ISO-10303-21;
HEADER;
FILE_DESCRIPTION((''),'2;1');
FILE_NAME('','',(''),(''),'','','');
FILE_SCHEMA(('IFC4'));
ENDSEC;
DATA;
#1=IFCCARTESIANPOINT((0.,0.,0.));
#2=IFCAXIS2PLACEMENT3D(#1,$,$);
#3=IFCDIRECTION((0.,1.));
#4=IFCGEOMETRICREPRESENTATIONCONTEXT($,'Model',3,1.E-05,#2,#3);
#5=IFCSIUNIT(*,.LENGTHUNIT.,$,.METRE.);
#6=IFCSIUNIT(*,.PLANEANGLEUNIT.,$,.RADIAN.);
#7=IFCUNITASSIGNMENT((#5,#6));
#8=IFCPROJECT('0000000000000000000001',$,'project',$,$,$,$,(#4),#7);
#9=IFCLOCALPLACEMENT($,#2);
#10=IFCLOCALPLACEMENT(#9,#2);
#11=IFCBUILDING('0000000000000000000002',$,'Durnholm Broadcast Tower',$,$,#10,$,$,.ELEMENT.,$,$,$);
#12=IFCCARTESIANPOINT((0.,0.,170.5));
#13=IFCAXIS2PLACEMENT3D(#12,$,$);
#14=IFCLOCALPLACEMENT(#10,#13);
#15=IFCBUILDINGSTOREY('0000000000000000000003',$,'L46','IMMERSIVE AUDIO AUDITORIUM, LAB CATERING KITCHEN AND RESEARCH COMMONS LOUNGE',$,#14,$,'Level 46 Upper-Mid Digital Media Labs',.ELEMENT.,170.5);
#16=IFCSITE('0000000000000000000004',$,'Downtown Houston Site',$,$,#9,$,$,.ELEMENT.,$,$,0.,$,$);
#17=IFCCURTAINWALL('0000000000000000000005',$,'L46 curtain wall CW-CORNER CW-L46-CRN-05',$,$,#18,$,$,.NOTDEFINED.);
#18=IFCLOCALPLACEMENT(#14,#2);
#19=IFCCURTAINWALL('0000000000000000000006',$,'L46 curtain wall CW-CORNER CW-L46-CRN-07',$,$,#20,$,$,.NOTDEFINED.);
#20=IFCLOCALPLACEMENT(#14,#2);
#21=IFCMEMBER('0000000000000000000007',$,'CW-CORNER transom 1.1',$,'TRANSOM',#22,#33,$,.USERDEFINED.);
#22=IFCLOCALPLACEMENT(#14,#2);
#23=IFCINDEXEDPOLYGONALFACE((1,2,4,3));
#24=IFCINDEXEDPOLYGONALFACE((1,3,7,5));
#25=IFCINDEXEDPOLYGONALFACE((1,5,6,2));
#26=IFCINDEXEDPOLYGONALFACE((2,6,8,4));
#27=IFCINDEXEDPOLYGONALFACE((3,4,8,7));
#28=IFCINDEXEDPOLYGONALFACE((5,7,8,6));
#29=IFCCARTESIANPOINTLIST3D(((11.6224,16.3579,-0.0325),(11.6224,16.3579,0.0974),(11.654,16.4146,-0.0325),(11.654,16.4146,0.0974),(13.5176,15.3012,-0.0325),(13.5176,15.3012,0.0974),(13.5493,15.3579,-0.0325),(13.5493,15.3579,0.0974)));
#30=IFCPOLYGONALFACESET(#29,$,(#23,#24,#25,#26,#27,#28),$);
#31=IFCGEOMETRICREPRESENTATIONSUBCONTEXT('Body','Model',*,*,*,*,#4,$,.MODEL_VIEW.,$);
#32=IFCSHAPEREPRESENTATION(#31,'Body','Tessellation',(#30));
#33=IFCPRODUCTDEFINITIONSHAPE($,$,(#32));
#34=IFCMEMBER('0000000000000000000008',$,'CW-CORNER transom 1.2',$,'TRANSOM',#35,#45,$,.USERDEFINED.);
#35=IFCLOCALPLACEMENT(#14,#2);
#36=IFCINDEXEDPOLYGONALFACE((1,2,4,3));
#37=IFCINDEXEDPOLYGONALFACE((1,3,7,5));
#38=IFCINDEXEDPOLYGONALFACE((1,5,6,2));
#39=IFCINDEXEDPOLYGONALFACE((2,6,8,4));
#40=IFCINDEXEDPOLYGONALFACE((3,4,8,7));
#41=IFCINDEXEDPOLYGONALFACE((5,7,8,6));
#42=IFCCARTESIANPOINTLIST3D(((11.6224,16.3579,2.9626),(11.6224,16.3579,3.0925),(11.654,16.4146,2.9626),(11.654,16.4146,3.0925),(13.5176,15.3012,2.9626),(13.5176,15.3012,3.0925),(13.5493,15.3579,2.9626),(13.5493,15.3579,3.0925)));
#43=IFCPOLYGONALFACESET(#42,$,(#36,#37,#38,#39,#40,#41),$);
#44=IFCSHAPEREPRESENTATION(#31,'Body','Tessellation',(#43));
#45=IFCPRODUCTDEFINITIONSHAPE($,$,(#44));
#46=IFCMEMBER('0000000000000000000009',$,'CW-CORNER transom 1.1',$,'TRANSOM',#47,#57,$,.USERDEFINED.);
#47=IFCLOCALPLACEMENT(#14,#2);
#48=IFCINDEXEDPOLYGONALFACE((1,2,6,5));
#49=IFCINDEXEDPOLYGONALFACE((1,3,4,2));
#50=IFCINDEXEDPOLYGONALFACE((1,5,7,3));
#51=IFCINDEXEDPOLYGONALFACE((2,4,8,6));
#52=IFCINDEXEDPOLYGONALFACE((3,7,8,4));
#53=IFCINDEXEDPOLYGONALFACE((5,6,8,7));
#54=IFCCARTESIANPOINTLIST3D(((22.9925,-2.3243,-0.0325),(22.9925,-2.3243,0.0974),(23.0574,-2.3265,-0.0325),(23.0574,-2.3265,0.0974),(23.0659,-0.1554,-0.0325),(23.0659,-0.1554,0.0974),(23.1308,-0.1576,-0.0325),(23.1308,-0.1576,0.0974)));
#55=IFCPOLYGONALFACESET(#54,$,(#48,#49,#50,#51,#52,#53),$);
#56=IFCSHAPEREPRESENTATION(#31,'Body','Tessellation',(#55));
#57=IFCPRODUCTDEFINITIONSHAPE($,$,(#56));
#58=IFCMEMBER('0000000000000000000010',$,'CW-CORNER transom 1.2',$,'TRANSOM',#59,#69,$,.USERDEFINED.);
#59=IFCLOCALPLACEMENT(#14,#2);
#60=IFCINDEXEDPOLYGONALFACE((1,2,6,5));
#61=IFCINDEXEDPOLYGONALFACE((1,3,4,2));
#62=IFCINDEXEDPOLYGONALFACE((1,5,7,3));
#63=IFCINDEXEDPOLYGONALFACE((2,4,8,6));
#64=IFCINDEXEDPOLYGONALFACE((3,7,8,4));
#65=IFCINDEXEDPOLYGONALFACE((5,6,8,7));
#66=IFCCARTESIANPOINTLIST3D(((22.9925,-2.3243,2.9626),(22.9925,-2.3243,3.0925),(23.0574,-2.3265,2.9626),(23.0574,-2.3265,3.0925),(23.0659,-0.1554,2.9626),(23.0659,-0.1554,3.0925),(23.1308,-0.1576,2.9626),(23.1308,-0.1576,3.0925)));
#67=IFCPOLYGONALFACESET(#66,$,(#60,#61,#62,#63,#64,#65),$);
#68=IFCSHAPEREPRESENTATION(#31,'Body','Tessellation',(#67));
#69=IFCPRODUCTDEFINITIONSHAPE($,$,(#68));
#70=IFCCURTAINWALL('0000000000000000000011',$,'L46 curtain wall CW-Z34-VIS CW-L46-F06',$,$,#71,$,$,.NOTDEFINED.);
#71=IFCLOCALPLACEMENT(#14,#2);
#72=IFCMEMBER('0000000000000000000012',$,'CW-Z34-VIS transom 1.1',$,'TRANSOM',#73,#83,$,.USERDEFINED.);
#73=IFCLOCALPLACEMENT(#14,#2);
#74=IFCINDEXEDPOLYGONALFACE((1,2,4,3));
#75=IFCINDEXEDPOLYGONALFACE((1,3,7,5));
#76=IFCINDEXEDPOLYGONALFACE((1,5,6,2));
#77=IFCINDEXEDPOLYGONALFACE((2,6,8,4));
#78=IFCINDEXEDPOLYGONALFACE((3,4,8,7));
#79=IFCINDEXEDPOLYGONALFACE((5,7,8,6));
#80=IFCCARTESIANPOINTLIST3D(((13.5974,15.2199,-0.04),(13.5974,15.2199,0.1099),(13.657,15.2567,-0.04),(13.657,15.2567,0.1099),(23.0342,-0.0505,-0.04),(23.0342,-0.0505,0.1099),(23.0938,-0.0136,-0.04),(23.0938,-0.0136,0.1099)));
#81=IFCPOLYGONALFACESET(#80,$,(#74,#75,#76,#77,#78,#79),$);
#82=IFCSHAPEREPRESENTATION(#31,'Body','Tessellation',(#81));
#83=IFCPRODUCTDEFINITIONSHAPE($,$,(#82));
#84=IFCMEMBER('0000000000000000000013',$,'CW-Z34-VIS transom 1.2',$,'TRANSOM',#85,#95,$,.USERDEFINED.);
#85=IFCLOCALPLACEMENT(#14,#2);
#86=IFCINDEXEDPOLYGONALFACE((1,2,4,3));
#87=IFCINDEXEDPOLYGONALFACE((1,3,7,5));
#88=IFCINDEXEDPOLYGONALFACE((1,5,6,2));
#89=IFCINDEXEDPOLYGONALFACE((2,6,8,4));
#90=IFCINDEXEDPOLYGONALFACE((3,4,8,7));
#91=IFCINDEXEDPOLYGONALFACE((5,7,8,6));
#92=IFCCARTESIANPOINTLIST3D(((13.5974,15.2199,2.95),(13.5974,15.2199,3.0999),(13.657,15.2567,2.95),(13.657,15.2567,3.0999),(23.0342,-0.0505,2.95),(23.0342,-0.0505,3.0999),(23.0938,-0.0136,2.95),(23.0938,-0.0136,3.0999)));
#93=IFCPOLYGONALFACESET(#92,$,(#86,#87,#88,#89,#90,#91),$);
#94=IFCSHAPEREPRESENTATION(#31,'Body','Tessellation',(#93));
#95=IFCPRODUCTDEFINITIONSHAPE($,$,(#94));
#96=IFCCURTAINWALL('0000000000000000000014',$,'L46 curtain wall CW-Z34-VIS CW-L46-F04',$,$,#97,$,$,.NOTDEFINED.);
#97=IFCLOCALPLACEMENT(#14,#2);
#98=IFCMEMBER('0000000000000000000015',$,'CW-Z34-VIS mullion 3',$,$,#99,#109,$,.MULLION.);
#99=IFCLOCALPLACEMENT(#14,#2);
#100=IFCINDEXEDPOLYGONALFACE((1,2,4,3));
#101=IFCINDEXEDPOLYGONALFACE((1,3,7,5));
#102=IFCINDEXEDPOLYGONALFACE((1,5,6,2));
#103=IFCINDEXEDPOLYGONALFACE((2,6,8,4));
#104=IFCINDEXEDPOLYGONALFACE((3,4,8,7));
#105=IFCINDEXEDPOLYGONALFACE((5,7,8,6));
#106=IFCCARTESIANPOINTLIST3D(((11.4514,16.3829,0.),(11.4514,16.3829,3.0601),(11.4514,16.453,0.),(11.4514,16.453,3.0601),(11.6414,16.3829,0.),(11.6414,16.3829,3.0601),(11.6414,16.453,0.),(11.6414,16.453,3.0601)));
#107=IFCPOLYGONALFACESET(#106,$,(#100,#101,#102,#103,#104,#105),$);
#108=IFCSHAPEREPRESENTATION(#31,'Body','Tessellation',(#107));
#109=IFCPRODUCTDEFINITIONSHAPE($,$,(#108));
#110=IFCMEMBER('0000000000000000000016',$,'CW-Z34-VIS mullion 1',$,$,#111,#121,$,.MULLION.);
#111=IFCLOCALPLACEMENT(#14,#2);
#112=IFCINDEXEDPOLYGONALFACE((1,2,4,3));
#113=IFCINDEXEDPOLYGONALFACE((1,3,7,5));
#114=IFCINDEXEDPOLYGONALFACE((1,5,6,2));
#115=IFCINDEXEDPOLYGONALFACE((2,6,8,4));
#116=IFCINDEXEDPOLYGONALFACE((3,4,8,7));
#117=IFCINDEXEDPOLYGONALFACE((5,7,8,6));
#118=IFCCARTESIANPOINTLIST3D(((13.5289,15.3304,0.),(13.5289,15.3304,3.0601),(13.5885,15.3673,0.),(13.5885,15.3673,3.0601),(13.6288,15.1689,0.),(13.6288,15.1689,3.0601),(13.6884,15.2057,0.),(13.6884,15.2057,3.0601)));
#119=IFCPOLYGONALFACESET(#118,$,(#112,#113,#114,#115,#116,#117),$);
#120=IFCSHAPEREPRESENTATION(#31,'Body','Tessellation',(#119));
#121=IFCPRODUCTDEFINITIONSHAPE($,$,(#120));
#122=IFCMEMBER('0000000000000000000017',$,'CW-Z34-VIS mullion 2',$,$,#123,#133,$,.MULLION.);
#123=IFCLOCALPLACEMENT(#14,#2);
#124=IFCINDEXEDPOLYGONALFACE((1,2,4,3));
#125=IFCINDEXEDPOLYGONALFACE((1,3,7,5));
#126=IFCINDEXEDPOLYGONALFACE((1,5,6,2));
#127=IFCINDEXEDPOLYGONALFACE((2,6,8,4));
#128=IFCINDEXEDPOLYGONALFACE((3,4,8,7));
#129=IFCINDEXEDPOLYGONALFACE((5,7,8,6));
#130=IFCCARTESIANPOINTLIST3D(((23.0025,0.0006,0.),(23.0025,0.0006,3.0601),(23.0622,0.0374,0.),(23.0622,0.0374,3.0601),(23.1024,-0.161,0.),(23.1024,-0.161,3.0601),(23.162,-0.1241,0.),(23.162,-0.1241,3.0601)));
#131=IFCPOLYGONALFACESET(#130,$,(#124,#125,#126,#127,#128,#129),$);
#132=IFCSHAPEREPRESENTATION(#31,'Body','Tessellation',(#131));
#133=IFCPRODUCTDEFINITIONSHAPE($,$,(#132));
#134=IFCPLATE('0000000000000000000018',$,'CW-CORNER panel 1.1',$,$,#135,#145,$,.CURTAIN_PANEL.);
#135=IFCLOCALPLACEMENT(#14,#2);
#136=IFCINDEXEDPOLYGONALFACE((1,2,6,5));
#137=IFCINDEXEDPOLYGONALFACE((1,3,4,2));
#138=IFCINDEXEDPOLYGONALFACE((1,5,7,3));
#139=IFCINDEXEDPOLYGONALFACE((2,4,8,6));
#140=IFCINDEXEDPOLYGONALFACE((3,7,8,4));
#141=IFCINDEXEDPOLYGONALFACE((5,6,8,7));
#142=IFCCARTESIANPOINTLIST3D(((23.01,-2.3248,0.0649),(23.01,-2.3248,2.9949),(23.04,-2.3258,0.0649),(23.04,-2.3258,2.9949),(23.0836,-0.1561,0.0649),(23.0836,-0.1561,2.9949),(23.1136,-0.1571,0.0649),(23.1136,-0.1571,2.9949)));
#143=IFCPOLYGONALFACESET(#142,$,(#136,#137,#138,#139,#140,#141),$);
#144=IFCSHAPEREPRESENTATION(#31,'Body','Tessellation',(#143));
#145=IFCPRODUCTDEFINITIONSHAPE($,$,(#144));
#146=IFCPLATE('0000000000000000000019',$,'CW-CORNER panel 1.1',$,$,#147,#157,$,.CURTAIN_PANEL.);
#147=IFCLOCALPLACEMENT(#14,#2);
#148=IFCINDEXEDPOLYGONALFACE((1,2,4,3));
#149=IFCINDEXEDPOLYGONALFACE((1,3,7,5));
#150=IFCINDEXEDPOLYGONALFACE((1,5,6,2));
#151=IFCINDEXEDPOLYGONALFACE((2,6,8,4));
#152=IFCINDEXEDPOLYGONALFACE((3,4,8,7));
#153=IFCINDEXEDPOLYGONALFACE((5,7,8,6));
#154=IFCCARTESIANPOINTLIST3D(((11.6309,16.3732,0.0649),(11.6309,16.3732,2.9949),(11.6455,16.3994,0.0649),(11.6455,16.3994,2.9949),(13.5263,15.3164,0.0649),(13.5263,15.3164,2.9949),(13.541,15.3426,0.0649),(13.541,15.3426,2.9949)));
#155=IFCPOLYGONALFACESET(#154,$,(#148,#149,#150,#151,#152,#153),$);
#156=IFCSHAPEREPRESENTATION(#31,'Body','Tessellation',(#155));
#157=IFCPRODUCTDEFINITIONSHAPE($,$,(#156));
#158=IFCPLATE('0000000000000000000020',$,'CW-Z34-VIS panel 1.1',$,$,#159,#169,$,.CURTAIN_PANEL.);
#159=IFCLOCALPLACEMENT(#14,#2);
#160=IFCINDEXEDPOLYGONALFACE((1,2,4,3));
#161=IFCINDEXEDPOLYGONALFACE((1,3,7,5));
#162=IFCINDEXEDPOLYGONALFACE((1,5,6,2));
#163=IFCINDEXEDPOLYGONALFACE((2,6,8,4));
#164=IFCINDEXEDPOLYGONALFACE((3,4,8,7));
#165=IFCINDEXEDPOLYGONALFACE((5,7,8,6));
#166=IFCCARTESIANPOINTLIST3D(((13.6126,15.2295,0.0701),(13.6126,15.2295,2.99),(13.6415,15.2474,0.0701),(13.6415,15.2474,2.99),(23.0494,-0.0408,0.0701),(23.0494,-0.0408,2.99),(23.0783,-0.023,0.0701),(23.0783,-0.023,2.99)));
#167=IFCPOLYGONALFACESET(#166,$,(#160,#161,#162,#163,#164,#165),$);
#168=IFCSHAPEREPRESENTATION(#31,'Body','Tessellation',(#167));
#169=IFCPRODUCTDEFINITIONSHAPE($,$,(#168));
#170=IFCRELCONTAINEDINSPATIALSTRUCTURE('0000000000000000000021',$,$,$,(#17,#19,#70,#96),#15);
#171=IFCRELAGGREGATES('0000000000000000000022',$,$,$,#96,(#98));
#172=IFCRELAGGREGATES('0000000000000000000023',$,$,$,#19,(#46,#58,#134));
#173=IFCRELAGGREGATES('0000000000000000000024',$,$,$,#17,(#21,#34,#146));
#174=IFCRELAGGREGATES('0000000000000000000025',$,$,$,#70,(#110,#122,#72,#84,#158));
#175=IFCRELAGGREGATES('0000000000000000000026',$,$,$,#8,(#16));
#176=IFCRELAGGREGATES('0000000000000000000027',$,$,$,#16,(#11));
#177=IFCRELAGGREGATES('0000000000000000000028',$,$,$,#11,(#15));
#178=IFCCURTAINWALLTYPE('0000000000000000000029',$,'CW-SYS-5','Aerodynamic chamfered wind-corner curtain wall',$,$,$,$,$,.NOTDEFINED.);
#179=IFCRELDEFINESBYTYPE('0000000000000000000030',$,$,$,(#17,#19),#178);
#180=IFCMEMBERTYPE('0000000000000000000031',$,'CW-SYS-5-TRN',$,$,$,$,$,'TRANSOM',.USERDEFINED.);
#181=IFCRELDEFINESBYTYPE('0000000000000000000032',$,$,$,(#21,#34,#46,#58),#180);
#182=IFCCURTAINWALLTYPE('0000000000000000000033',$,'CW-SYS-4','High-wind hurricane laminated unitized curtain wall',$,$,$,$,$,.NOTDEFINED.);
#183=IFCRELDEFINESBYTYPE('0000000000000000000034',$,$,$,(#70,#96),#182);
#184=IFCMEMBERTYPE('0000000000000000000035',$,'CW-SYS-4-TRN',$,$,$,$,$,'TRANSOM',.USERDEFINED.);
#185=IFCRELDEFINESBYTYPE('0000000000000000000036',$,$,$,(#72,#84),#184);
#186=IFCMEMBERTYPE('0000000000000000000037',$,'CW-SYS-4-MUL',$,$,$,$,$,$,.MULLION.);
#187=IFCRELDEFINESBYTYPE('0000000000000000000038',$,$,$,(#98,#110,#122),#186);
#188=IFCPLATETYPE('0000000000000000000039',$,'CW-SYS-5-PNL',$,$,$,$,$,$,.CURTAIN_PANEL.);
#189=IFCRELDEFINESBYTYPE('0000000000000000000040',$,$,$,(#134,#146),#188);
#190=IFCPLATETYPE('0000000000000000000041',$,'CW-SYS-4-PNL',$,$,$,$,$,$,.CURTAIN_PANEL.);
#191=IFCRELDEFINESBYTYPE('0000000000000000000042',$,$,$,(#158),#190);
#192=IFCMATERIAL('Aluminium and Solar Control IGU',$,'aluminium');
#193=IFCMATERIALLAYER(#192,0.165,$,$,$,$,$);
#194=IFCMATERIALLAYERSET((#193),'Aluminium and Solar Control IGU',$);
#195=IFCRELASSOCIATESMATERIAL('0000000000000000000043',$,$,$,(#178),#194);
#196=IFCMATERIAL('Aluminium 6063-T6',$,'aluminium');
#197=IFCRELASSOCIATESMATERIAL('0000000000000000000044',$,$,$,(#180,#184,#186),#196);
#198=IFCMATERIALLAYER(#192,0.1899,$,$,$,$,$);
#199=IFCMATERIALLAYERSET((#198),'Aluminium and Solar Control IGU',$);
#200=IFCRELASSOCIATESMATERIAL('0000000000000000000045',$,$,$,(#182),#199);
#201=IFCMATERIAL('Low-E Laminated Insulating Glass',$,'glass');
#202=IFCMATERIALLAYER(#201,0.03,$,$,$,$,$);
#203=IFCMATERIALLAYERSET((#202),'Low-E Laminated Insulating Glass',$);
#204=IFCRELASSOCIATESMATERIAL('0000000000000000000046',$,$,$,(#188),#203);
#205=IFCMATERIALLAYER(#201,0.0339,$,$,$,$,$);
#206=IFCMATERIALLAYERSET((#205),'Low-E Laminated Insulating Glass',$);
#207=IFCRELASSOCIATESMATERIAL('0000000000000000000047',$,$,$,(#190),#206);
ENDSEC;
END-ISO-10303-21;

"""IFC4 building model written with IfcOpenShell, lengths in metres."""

from ifc_helpers import new_model, si_unit, direction, frame, origin, origin_2d, place, context, subcontext, project, spatial, rectangle, extrude, source, transform, mapped, material, layer, layer_set, material_profile, profile_set, type_object, type_shapes, element, aggregate, save


model = new_model("IFC4")

# Units and contexts
model_context = context("Model", 3, precision=1e-05, world=origin(), true_north=direction((0.0, 1.0)))
body_context = subcontext(model_context, "Body", "Model", "MODEL_VIEW")
ifc_project = project(units=[si_unit("LENGTHUNIT", "METRE"), si_unit("PLANEANGLEUNIT", "RADIAN")], contexts=[model_context])

# Site, building, storey
site_placement = place(None, origin())
site = spatial("IfcSite", under=ifc_project, at=site_placement, Name="Downtown Houston Site", CompositionType="ELEMENT", RefElevation=0.0)
building_placement = place(site_placement, origin())
building = spatial("IfcBuilding", under=site, at=building_placement, Name="Durnholm Broadcast Tower", CompositionType="ELEMENT")
storey_placement = place(building_placement, frame((0.0, 0.0, 170.5)))
storey = spatial("IfcBuildingStorey", under=building, at=storey_placement, Name="L46", Description="IMMERSIVE AUDIO AUDITORIUM, LAB CATERING KITCHEN AND RESEARCH COMMONS LOUNGE", LongName="Level 46 Upper-Mid Digital Media Labs", CompositionType="ELEMENT", Elevation=170.5)

# Curtain wall
ifc_material_1 = material(Name="Aluminium and Solar Control IGU", Category="aluminium")
ifc_layer_1 = layer(ifc_material_1, 0.165)
ifc_layer_set_1 = layer_set([ifc_layer_1], Name="Aluminium and Solar Control IGU")
curtain_wall_type_1 = type_object("IfcCurtainWallType", Name="CW-SYS-5", Description="Aerodynamic chamfered wind-corner curtain wall", PredefinedType="NOTDEFINED", material=ifc_layer_set_1)
curtain_wall_1_placement = place(storey_placement, origin())
curtain_wall_1 = element("IfcCurtainWall", 1, at=curtain_wall_1_placement, inside=storey, type_object=curtain_wall_type_1, Name="L46 curtain wall CW-CORNER CW-L46-CRN-05", PredefinedType="NOTDEFINED")
ifc_material_2 = material(Name="Aluminium 6063-T6", Category="aluminium")

# Curtain wall
curtain_wall_2_placement = place(storey_placement, origin())
curtain_wall_2 = element("IfcCurtainWall", 2, at=curtain_wall_2_placement, inside=storey, type_object=curtain_wall_type_1, Name="L46 curtain wall CW-CORNER CW-L46-CRN-07", PredefinedType="NOTDEFINED")

# Members
ifc_material_profile_1 = material_profile(ifc_material_2, rectangle(XDim=0.0649, YDim=0.1299, at=origin_2d()), Name="CWT65X130")
ifc_profile_set_1 = profile_set([ifc_material_profile_1], Name="Aluminium 6063-T6")
member_type_1 = type_object("IfcMemberType", Name="CW-SYS-5-TRN", ElementType="TRANSOM", PredefinedType="USERDEFINED", material=ifc_profile_set_1)
shared_shape_1 = source(origin(), body_context, "Body", "SweptSolid", [
    extrude(rectangle(XDim=0.0649, YDim=0.1299, at=origin_2d()), origin(), (0.0, 0.0, 1.0), 2.1699),
])
member_1_placement = place(storey_placement, frame((11.6382, 16.3862, 0.0325), z_axis=(0.873429, -0.486951, 0.0), x_axis=(0.486951, 0.873429, 0.0)))
member_1 = element("IfcMember", 3, at=member_1_placement, type_object=member_type_1, Name="CW-CORNER transom 1.1", ObjectType="TRANSOM", PredefinedType="USERDEFINED", context=body_context, shape_type="MappedRepresentation", body=[
    mapped(shared_shape_1, transform((0.0, 0.0, 0.0), x_axis=(1.0, 0.0, 0.0), y_axis=(0.0, 1.0, 0.0), z_axis=(0.0, 0.0, 1.0), scale=1.0)),
])
member_2_placement = place(storey_placement, frame((11.6382, 16.3862, 3.0276), z_axis=(0.873429, -0.486951, 0.0), x_axis=(0.486951, 0.873429, 0.0)))
member_2 = element("IfcMember", 4, at=member_2_placement, type_object=member_type_1, Name="CW-CORNER transom 1.2", ObjectType="TRANSOM", PredefinedType="USERDEFINED", context=body_context, shape_type="MappedRepresentation", body=[
    mapped(shared_shape_1, transform((0.0, 0.0, 0.0), x_axis=(1.0, 0.0, 0.0), y_axis=(0.0, 1.0, 0.0), z_axis=(0.0, 0.0, 1.0), scale=1.0)),
])
shared_shape_2 = source(origin(), body_context, "Body", "SweptSolid", [
    extrude(rectangle(XDim=0.0649, YDim=0.1299, at=origin_2d()), origin(), (0.0, 0.0, 1.0), 2.1702),
])
type_shapes(member_type_1, [shared_shape_1, shared_shape_2])
member_3_placement = place(storey_placement, frame((23.0984, -0.1565, 0.0325), z_axis=(-0.033862, -0.999427, 0.0), x_axis=(0.999427, -0.033862, 0.0)))
member_3 = element("IfcMember", 5, at=member_3_placement, type_object=member_type_1, Name="CW-CORNER transom 1.1", ObjectType="TRANSOM", PredefinedType="USERDEFINED", context=body_context, shape_type="MappedRepresentation", body=[
    mapped(shared_shape_2, transform((0.0, 0.0, 0.0), x_axis=(1.0, 0.0, 0.0), y_axis=(0.0, 1.0, 0.0), z_axis=(0.0, 0.0, 1.0), scale=1.0)),
])
member_4_placement = place(storey_placement, frame((23.0984, -0.1565, 3.0276), z_axis=(-0.033862, -0.999427, 0.0), x_axis=(0.999427, -0.033862, 0.0)))
member_4 = element("IfcMember", 6, at=member_4_placement, type_object=member_type_1, Name="CW-CORNER transom 1.2", ObjectType="TRANSOM", PredefinedType="USERDEFINED", context=body_context, shape_type="MappedRepresentation", body=[
    mapped(shared_shape_2, transform((0.0, 0.0, 0.0), x_axis=(1.0, 0.0, 0.0), y_axis=(0.0, 1.0, 0.0), z_axis=(0.0, 0.0, 1.0), scale=1.0)),
])

# Curtain wall, members
ifc_layer_2 = layer(ifc_material_1, 0.1899)
ifc_layer_set_2 = layer_set([ifc_layer_2], Name="Aluminium and Solar Control IGU")
curtain_wall_type_2 = type_object("IfcCurtainWallType", Name="CW-SYS-4", Description="High-wind hurricane laminated unitized curtain wall", PredefinedType="NOTDEFINED", material=ifc_layer_set_2)
curtain_wall_3_placement = place(storey_placement, origin())
curtain_wall_3 = element("IfcCurtainWall", 7, at=curtain_wall_3_placement, inside=storey, type_object=curtain_wall_type_2, Name="L46 curtain wall CW-Z34-VIS CW-L46-F06", PredefinedType="NOTDEFINED")
ifc_material_profile_2 = material_profile(ifc_material_2, rectangle(XDim=0.0701, YDim=0.1499, at=origin_2d()), Name="CWT70X150")
ifc_profile_set_2 = profile_set([ifc_material_profile_2], Name="Aluminium 6063-T6")
member_type_2 = type_object("IfcMemberType", Name="CW-SYS-4-TRN", ElementType="TRANSOM", PredefinedType="USERDEFINED", material=ifc_profile_set_2)
shared_shape_3 = source(origin(), body_context, "Body", "SweptSolid", [
    extrude(rectangle(XDim=0.0701, YDim=0.1499, at=origin_2d()), origin(), (0.0, 0.0, 1.0), 17.9509),
])
type_shapes(member_type_2, [shared_shape_3])
member_5_placement = place(storey_placement, frame((13.6272, 15.2383, 0.0349), z_axis=(0.5257, -0.85067, 0.0), x_axis=(0.85067, 0.5257, 0.0)))
member_5 = element("IfcMember", 8, at=member_5_placement, type_object=member_type_2, Name="CW-Z34-VIS transom 1.1", ObjectType="TRANSOM", PredefinedType="USERDEFINED", context=body_context, shape_type="MappedRepresentation", body=[
    mapped(shared_shape_3, transform((0.0, 0.0, 0.0), x_axis=(1.0, 0.0, 0.0), y_axis=(0.0, 1.0, 0.0), z_axis=(0.0, 0.0, 1.0), scale=1.0)),
])
member_6_placement = place(storey_placement, frame((13.6272, 15.2383, 3.0249), z_axis=(0.5257, -0.85067, 0.0), x_axis=(0.85067, 0.5257, 0.0)))
member_6 = element("IfcMember", 9, at=member_6_placement, type_object=member_type_2, Name="CW-Z34-VIS transom 1.2", ObjectType="TRANSOM", PredefinedType="USERDEFINED", context=body_context, shape_type="MappedRepresentation", body=[
    mapped(shared_shape_3, transform((0.0, 0.0, 0.0), x_axis=(1.0, 0.0, 0.0), y_axis=(0.0, 1.0, 0.0), z_axis=(0.0, 0.0, 1.0), scale=1.0)),
])

# Curtain wall, member
curtain_wall_4_placement = place(storey_placement, origin())
curtain_wall_4 = element("IfcCurtainWall", 10, at=curtain_wall_4_placement, inside=storey, type_object=curtain_wall_type_2, Name="L46 curtain wall CW-Z34-VIS CW-L46-F04", PredefinedType="NOTDEFINED")
ifc_material_profile_3 = material_profile(ifc_material_2, rectangle(XDim=0.0701, YDim=0.1899, at=origin_2d()), Name="CWM70X190")
ifc_profile_set_3 = profile_set([ifc_material_profile_3], Name="Aluminium 6063-T6")
member_type_3 = type_object("IfcMemberType", Name="CW-SYS-4-MUL", PredefinedType="MULLION", material=ifc_profile_set_3)
shared_shape_4 = source(origin(), body_context, "Body", "SweptSolid", [
    extrude(rectangle(XDim=0.0701, YDim=0.1899, at=origin_2d()), origin(), (0.0, 0.0, 1.0), 3.0601),
])
type_shapes(member_type_3, [shared_shape_4])
member_7_placement = place(storey_placement, frame((11.5464, 16.418, 0.0), z_axis=(0.0, 0.0, 1.0), x_axis=(0.0, 1.0, 0.0)))
member_7 = element("IfcMember", 11, at=member_7_placement, type_object=member_type_3, Name="CW-Z34-VIS mullion 3", PredefinedType="MULLION", context=body_context, shape_type="MappedRepresentation", body=[
    mapped(shared_shape_4, transform((0.0, 0.0, 0.0), x_axis=(1.0, 0.0, 0.0), y_axis=(0.0, 1.0, 0.0), z_axis=(0.0, 0.0, 1.0), scale=1.0)),
])
aggregate(curtain_wall_4, [member_7])

# Members
member_8_placement = place(storey_placement, frame((13.6086, 15.2681, 0.0), z_axis=(0.0, 0.0, 1.0), x_axis=(0.850671, 0.525698, 0.0)))
member_8 = element("IfcMember", 12, at=member_8_placement, type_object=member_type_3, Name="CW-Z34-VIS mullion 1", PredefinedType="MULLION", context=body_context, shape_type="MappedRepresentation", body=[
    mapped(shared_shape_4, transform((0.0, 0.0, 0.0), x_axis=(1.0, 0.0, 0.0), y_axis=(0.0, 1.0, 0.0), z_axis=(0.0, 0.0, 1.0), scale=1.0)),
])
member_9_placement = place(storey_placement, frame((23.0823, -0.0618, 0.0), z_axis=(0.0, 0.0, 1.0), x_axis=(0.850671, 0.525698, 0.0)))
member_9 = element("IfcMember", 13, at=member_9_placement, type_object=member_type_3, Name="CW-Z34-VIS mullion 2", PredefinedType="MULLION", context=body_context, shape_type="MappedRepresentation", body=[
    mapped(shared_shape_4, transform((0.0, 0.0, 0.0), x_axis=(1.0, 0.0, 0.0), y_axis=(0.0, 1.0, 0.0), z_axis=(0.0, 0.0, 1.0), scale=1.0)),
])

# Plates
ifc_material_3 = material(Name="Low-E Laminated Insulating Glass", Category="glass")
ifc_layer_3 = layer(ifc_material_3, 0.03)
ifc_layer_set_3 = layer_set([ifc_layer_3], Name="Low-E Laminated Insulating Glass")
plate_type_1 = type_object("IfcPlateType", Name="CW-SYS-5-PNL", PredefinedType="CURTAIN_PANEL", material=ifc_layer_set_3)
shared_shape_5 = source(origin(), body_context, "Body", "SweptSolid", [
    extrude(rectangle(XDim=2.1699, YDim=0.03, at=origin_2d()), origin(), (0.0, 0.0, 1.0), 2.9299),
])
plate_1_placement = place(storey_placement, frame((23.0618, -1.241, 0.0649), z_axis=(0.0, 0.0, 1.0), x_axis=(-0.033913, -0.999425, 0.0)))
plate_1 = element("IfcPlate", 14, at=plate_1_placement, type_object=plate_type_1, Name="CW-CORNER panel 1.1", PredefinedType="CURTAIN_PANEL", context=body_context, shape_type="MappedRepresentation", body=[
    mapped(shared_shape_5, transform((0.0, 0.0, 0.0), x_axis=(1.0, 0.0, 0.0), y_axis=(0.0, 1.0, 0.0), z_axis=(0.0, 0.0, 1.0), scale=1.0)),
])
aggregate(curtain_wall_2, [member_3, member_4, plate_1])
shared_shape_6 = source(origin(), body_context, "Body", "SweptSolid", [
    extrude(rectangle(XDim=2.1702, YDim=0.03, at=origin_2d()), origin(), (0.0, 0.0, 1.0), 2.9299),
])
type_shapes(plate_type_1, [shared_shape_5, shared_shape_6])
plate_2_placement = place(storey_placement, frame((12.5859, 15.8579, 0.0649), z_axis=(0.0, 0.0, 1.0), x_axis=(0.87341, -0.486986, 0.0)))
plate_2 = element("IfcPlate", 15, at=plate_2_placement, type_object=plate_type_1, Name="CW-CORNER panel 1.1", PredefinedType="CURTAIN_PANEL", context=body_context, shape_type="MappedRepresentation", body=[
    mapped(shared_shape_6, transform((0.0, 0.0, 0.0), x_axis=(1.0, 0.0, 0.0), y_axis=(0.0, 1.0, 0.0), z_axis=(0.0, 0.0, 1.0), scale=1.0)),
])
aggregate(curtain_wall_1, [member_1, member_2, plate_2])
ifc_layer_4 = layer(ifc_material_3, 0.0339)
ifc_layer_set_4 = layer_set([ifc_layer_4], Name="Low-E Laminated Insulating Glass")
plate_type_2 = type_object("IfcPlateType", Name="CW-SYS-4-PNL", PredefinedType="CURTAIN_PANEL", material=ifc_layer_set_4)
shared_shape_7 = source(origin(), body_context, "Body", "SweptSolid", [
    extrude(rectangle(XDim=17.9509, YDim=0.0339, at=origin_2d()), origin(), (0.0, 0.0, 1.0), 2.9199),
])
type_shapes(plate_type_2, [shared_shape_7])
plate_3_placement = place(storey_placement, frame((18.3455, 7.6033, 0.0701), z_axis=(0.0, 0.0, 1.0), x_axis=(0.525698, -0.850671, 0.0)))
plate_3 = element("IfcPlate", 16, at=plate_3_placement, type_object=plate_type_2, Name="CW-Z34-VIS panel 1.1", PredefinedType="CURTAIN_PANEL", context=body_context, shape_type="MappedRepresentation", body=[
    mapped(shared_shape_7, transform((0.0, 0.0, 0.0), x_axis=(1.0, 0.0, 0.0), y_axis=(0.0, 1.0, 0.0), z_axis=(0.0, 0.0, 1.0), scale=1.0)),
])
aggregate(curtain_wall_3, [member_8, member_9, member_5, member_6, plate_3])

save(model, "model.ifc")
